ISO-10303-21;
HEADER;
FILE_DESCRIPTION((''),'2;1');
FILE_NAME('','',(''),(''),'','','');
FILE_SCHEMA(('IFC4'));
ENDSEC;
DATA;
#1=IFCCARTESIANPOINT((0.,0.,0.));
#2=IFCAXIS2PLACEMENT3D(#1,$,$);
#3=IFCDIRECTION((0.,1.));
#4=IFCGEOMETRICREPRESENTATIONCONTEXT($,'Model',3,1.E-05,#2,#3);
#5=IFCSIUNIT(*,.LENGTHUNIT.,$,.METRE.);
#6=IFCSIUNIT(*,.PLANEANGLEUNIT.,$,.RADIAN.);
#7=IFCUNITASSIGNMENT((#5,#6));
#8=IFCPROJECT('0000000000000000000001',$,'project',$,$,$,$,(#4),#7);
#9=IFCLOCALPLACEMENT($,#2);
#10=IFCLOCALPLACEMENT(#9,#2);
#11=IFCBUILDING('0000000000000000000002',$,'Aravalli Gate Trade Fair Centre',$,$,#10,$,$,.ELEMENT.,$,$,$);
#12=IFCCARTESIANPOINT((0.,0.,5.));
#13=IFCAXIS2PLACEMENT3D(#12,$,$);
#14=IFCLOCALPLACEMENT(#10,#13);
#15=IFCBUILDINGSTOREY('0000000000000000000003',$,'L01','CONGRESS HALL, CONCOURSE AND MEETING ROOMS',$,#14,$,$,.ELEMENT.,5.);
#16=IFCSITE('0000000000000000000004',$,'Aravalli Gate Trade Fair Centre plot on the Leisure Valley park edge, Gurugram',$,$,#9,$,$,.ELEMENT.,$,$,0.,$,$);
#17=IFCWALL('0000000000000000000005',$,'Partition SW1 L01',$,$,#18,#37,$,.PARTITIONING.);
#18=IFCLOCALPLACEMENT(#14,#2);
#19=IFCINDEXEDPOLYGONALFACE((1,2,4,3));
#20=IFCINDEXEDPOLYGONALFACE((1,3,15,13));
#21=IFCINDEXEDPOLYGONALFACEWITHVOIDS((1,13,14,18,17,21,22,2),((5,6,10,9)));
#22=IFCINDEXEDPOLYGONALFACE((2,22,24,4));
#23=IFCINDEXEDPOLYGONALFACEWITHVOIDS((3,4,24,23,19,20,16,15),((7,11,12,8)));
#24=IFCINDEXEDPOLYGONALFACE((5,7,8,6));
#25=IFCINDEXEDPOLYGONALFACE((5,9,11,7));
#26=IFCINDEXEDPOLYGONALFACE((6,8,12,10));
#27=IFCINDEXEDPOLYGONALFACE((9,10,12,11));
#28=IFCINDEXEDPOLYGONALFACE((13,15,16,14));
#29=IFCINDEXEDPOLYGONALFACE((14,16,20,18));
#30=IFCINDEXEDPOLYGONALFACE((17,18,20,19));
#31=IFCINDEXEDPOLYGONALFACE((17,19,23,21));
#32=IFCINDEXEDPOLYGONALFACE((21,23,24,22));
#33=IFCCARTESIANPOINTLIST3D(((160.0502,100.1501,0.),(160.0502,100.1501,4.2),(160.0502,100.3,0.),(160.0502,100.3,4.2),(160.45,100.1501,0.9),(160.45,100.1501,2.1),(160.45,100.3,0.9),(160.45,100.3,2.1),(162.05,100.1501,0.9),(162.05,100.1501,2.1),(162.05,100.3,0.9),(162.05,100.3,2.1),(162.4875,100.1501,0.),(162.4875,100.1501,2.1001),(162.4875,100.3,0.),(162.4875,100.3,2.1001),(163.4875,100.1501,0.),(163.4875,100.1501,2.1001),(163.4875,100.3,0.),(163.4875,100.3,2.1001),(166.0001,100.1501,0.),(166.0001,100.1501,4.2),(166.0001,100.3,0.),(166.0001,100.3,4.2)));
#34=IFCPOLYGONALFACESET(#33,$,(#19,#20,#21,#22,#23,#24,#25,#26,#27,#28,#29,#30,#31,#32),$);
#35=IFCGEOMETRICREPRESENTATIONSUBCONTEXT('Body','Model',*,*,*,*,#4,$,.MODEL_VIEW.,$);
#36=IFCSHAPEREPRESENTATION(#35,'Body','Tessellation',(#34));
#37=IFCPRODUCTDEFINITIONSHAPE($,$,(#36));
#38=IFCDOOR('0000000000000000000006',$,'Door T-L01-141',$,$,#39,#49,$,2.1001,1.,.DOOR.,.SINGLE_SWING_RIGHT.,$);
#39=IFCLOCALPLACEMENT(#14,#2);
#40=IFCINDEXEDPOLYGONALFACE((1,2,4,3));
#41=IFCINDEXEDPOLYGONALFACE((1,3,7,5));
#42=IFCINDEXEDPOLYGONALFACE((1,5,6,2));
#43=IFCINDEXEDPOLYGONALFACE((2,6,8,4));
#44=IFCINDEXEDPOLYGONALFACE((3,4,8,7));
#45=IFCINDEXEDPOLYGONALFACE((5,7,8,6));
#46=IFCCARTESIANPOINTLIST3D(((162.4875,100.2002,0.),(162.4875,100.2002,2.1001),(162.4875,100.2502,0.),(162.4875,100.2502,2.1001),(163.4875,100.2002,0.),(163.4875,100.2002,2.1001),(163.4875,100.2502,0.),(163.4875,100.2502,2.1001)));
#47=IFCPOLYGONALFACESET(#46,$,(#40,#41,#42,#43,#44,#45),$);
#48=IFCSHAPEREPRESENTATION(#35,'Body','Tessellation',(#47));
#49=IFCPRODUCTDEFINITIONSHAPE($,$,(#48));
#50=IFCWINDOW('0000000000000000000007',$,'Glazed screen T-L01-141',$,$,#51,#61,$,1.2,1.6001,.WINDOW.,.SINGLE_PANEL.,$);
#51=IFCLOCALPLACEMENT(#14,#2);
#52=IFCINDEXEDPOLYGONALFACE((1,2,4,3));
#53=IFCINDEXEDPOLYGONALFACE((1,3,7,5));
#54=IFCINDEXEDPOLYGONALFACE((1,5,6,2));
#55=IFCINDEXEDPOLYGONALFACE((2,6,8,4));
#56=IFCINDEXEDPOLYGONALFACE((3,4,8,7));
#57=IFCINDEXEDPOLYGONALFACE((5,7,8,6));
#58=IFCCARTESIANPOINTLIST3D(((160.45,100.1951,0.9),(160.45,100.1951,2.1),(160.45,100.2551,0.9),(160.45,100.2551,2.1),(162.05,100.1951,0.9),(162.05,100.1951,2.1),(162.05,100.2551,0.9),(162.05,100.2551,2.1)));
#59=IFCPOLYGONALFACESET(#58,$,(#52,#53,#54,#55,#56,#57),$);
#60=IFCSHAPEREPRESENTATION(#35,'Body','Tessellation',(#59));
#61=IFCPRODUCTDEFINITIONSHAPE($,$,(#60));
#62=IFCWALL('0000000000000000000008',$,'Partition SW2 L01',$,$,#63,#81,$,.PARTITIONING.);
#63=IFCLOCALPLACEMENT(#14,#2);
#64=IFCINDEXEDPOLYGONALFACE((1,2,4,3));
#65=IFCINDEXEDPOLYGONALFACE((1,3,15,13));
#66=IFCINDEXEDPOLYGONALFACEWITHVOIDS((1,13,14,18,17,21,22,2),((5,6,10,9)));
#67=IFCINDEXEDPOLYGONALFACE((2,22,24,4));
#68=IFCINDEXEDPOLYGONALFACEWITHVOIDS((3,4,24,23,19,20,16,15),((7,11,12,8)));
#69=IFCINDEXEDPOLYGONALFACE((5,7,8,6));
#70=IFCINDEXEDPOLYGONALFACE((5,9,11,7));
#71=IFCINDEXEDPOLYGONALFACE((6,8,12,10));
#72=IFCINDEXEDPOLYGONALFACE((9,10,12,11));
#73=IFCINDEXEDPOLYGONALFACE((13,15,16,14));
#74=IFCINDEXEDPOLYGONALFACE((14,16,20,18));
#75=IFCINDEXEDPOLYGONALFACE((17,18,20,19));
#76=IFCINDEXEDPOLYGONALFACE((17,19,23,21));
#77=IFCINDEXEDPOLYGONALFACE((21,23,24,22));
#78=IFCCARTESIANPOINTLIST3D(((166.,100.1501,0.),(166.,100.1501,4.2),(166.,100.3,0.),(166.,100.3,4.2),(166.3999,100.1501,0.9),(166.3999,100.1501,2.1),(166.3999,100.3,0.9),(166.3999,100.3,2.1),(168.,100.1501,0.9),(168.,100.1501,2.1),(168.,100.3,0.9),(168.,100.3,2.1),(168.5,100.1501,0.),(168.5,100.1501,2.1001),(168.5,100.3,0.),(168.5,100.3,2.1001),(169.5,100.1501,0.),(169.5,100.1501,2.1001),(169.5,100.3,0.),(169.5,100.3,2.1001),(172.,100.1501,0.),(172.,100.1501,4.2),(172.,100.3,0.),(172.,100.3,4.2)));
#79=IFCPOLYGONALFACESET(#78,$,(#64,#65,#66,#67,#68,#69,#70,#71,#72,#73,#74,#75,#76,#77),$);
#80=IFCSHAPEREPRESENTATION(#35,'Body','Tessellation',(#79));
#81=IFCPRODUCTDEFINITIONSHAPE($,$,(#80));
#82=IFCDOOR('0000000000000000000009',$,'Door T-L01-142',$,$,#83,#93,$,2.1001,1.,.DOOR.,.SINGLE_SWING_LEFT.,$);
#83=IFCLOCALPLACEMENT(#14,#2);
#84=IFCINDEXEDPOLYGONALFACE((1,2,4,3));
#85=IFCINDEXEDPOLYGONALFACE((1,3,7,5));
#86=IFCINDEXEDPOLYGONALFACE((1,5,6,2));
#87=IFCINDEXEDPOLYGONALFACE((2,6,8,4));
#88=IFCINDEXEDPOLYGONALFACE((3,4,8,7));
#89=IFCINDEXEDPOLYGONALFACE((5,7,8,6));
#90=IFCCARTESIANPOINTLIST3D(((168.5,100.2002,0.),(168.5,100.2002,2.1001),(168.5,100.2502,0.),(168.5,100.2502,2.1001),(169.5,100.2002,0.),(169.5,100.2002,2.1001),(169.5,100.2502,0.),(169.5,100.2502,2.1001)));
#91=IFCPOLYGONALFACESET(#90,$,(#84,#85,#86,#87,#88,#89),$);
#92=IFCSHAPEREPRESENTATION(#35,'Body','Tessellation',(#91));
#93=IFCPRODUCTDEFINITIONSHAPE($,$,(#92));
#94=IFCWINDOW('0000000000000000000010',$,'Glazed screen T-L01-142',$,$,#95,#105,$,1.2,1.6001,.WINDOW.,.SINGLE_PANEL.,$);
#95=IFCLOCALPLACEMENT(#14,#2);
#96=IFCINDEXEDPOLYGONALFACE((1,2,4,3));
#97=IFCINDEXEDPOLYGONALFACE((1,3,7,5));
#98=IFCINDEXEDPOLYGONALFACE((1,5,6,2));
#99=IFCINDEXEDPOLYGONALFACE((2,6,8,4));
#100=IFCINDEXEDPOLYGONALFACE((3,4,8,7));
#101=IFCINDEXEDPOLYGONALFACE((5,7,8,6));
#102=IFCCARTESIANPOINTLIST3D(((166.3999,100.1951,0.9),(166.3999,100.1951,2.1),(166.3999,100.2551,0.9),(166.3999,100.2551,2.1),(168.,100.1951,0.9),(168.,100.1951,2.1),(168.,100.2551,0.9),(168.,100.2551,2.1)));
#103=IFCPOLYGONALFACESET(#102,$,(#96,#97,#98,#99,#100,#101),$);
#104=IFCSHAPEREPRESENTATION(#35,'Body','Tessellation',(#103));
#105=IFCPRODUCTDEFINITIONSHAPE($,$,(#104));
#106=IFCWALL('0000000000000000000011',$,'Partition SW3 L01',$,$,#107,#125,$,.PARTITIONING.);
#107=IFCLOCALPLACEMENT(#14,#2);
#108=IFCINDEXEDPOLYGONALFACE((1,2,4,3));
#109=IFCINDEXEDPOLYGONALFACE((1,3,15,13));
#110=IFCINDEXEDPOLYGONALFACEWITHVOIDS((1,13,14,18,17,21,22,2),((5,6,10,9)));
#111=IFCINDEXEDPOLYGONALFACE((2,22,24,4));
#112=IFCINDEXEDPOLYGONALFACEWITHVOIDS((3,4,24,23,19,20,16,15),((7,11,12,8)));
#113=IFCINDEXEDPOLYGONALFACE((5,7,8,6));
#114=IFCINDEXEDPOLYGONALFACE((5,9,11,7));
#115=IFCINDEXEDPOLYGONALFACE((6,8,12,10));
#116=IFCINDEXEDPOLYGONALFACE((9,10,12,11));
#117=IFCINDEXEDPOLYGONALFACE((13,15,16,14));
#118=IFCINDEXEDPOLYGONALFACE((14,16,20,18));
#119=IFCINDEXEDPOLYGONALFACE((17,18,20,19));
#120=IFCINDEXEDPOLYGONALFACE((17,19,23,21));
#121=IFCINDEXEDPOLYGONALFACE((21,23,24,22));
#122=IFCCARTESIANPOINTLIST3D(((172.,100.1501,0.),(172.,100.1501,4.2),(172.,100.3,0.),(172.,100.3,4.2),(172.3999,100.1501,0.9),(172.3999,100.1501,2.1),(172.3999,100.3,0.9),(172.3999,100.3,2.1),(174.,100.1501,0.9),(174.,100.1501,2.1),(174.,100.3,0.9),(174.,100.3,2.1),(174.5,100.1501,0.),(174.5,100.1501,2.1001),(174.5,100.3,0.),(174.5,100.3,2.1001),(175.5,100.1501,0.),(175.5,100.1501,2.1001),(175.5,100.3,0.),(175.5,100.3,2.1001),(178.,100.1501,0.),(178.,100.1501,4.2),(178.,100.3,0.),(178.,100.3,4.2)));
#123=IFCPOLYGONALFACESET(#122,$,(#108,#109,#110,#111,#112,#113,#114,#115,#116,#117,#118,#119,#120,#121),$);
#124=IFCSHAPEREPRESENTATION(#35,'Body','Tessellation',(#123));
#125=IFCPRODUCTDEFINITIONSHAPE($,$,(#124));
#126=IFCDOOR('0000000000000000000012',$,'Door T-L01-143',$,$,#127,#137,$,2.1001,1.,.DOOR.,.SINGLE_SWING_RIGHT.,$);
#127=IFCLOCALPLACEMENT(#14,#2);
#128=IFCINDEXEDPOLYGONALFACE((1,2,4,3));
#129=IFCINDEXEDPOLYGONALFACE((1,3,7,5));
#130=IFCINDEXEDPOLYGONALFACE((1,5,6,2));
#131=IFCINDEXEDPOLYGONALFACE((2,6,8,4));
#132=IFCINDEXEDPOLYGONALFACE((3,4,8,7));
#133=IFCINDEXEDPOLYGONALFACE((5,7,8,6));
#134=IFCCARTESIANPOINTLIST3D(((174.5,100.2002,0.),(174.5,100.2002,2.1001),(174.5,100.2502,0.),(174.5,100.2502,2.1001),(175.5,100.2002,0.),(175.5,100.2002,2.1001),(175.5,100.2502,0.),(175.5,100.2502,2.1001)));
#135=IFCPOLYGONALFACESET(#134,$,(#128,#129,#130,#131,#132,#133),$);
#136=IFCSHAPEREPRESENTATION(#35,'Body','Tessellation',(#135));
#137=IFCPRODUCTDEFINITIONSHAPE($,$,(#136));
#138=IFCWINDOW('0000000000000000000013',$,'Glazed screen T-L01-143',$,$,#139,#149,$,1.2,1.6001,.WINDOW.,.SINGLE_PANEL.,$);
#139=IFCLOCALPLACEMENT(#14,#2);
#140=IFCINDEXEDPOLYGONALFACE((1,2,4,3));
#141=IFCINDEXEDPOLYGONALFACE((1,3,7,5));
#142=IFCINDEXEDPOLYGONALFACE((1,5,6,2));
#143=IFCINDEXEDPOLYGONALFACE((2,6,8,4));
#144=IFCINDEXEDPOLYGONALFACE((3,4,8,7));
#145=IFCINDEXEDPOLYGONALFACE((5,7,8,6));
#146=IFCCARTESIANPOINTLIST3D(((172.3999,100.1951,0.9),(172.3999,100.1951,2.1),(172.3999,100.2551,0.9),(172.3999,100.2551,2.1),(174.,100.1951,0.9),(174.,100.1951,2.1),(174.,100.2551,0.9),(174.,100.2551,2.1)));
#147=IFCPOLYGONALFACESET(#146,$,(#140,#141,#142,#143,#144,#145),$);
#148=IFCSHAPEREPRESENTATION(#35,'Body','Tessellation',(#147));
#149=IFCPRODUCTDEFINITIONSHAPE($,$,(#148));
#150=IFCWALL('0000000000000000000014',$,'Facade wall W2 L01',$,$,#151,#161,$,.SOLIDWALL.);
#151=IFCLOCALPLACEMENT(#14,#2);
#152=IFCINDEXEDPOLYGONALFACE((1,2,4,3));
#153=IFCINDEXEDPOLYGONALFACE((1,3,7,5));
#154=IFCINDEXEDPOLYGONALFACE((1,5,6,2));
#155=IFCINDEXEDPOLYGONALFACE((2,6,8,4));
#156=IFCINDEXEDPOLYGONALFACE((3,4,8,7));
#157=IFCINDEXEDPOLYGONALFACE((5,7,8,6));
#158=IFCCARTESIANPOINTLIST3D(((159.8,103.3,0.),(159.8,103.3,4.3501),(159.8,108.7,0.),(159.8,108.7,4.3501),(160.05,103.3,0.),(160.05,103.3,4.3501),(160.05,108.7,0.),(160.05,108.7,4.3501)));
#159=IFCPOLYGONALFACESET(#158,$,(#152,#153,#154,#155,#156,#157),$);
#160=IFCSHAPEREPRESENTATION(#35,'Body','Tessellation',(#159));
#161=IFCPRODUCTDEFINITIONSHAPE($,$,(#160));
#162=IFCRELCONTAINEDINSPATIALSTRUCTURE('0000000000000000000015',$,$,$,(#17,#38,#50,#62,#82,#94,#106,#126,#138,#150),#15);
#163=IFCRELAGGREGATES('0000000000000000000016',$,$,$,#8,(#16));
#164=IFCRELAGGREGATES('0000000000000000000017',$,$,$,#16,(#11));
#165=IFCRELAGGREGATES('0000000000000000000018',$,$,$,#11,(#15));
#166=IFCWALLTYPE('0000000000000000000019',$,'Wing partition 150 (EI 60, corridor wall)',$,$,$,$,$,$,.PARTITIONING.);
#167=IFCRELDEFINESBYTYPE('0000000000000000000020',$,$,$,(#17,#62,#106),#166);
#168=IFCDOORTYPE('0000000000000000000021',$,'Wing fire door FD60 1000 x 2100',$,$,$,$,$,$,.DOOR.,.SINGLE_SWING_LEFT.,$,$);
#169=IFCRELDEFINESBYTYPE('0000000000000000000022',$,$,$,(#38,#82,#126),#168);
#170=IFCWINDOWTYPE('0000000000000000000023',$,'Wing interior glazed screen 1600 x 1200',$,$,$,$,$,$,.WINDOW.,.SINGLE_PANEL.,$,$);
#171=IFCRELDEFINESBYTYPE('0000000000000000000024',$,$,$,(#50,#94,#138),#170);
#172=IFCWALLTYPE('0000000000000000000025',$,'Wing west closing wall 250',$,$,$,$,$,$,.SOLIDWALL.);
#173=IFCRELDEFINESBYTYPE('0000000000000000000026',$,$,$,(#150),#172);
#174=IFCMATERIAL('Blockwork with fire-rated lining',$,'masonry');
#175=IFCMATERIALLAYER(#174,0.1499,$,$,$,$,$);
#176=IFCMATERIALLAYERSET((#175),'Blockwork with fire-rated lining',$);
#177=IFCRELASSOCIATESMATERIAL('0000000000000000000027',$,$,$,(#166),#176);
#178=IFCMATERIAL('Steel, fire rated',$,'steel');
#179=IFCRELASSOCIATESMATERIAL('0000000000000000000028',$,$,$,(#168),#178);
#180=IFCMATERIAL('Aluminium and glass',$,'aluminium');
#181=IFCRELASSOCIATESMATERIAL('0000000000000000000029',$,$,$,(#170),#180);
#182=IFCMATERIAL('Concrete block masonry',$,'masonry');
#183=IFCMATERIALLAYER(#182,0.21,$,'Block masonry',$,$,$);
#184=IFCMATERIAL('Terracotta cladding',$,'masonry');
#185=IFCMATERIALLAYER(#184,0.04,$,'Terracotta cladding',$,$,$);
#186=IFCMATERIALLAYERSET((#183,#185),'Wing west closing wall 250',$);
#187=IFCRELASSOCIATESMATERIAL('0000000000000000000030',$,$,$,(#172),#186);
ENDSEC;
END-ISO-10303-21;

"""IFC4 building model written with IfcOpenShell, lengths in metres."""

from ifc_helpers import new_model, si_unit, direction, frame, frame_2d, origin, place, context, subcontext, project, spatial, rectangle, extrude, material, layer, layer_set, type_object, element, fill, save


model = new_model("IFC4")

# Units and contexts
model_context = context("Model", 3, precision=1e-05, world=origin(), true_north=direction((0.0, 1.0)))
body_context = subcontext(model_context, "Body", "Model", "MODEL_VIEW")
ifc_project = project(units=[si_unit("LENGTHUNIT", "METRE"), si_unit("PLANEANGLEUNIT", "RADIAN")], contexts=[model_context])

# Site, building, storey
site_placement = place(None, origin())
site = spatial("IfcSite", under=ifc_project, at=site_placement, Name="Aravalli Gate Trade Fair Centre plot on the Leisure Valley park edge, Gurugram", CompositionType="ELEMENT", RefElevation=0.0)
building_placement = place(site_placement, origin())
building = spatial("IfcBuilding", under=site, at=building_placement, Name="Aravalli Gate Trade Fair Centre", CompositionType="ELEMENT")
storey_placement = place(building_placement, frame((0.0, 0.0, 5.0)))
storey = spatial("IfcBuildingStorey", under=building, at=storey_placement, Name="L01", Description="CONGRESS HALL, CONCOURSE AND MEETING ROOMS", CompositionType="ELEMENT", Elevation=5.0)

# Shared definitions
ifc_material_1 = material(Name="Steel, fire rated", Category="steel")

# Walls, openings, doors, windows
ifc_material_2 = material(Name="Blockwork with fire-rated lining", Category="masonry")
ifc_layer_1 = layer(ifc_material_2, 0.1499)
ifc_layer_set_1 = layer_set([ifc_layer_1], Name="Blockwork with fire-rated lining")
wall_type_1 = type_object("IfcWallType", Name="Wing partition 150 (EI 60, corridor wall)", PredefinedType="PARTITIONING", material=ifc_layer_set_1)
wall_1_placement = place(storey_placement, frame((160.05, 100.2251, 0.0), z_axis=(0.0, 0.0, 1.0), x_axis=(1.0, 0.0, 0.0)))
wall_1 = element("IfcWall", 1, at=wall_1_placement, inside=storey, type_object=wall_type_1, Name="Partition SW1 L01", PredefinedType="PARTITIONING", context=body_context, shape_type="SweptSolid", body=[
    extrude(rectangle(XDim=5.95, YDim=0.1499, at=frame_2d((2.9751, 0.0))), origin(), (0.0, 0.0, 1.0), 4.2),
])
opening_1_placement = place(wall_1_placement, frame((0.3999, 0.0, 0.8999)))
opening_1 = element("IfcOpeningElement", 2, at=opening_1_placement, cuts=wall_1, PredefinedType="OPENING", context=body_context, shape_type="SweptSolid", body=[
    extrude(rectangle(XDim=1.6001, YDim=1.2, at=frame_2d((0.8, 0.6001))), frame((0.0, 0.085, 0.0), z_axis=(0.0, -1.0, 0.0), x_axis=(1.0, 0.0, 0.0)), (0.0, 0.0, 1.0), 0.1699),
])
opening_2_placement = place(wall_1_placement, frame((2.4375, 0.0, 0.0)))
opening_2 = element("IfcOpeningElement", 3, at=opening_2_placement, cuts=wall_1, PredefinedType="OPENING", context=body_context, shape_type="SweptSolid", body=[
    extrude(rectangle(XDim=1.0, YDim=2.1001, at=frame_2d((0.5, 1.05))), frame((0.0, 0.085, 0.0), z_axis=(0.0, -1.0, 0.0), x_axis=(1.0, 0.0, 0.0)), (0.0, 0.0, 1.0), 0.1699),
])
door_type_1 = type_object("IfcDoorType", Name="Wing fire door FD60 1000 x 2100", OperationType="SINGLE_SWING_LEFT", PredefinedType="DOOR", material=ifc_material_1)
door_1_placement = place(opening_2_placement, frame((1.0, 0.0, 0.0), z_axis=(0.0, 0.0, 1.0), x_axis=(-1.0, 0.0, 0.0)))
door_1 = element("IfcDoor", 4, at=door_1_placement, inside=storey, type_object=door_type_1, Name="Door T-L01-141", OperationType="SINGLE_SWING_RIGHT", OverallHeight=2.1001, OverallWidth=1.0, PredefinedType="DOOR", context=body_context, shape_type="SweptSolid", body=[
    extrude(rectangle(XDim=1.0, YDim=2.1001, at=frame_2d((0.5, 1.05))), frame((0.0, 0.0249, 0.0), z_axis=(0.0, -1.0, 0.0), x_axis=(1.0, 0.0, 0.0)), (0.0, 0.0, 1.0), 0.05),
])
fill(opening_2, door_1)
ifc_material_3 = material(Name="Aluminium and glass", Category="aluminium")
window_type = type_object("IfcWindowType", Name="Wing interior glazed screen 1600 x 1200", PartitioningType="SINGLE_PANEL", PredefinedType="WINDOW", material=ifc_material_3)
window_1_placement = place(opening_1_placement, origin())
window_1 = element("IfcWindow", 5, at=window_1_placement, inside=storey, type_object=window_type, Name="Glazed screen T-L01-141", OverallHeight=1.2, OverallWidth=1.6001, PartitioningType="SINGLE_PANEL", PredefinedType="WINDOW", context=body_context, shape_type="SweptSolid", body=[
    extrude(rectangle(XDim=1.6001, YDim=1.2, at=frame_2d((0.8, 0.6001))), frame((0.0, 0.03, 0.0), z_axis=(0.0, -1.0, 0.0), x_axis=(1.0, 0.0, 0.0)), (0.0, 0.0, 1.0), 0.0601),
])
fill(opening_1, window_1)
wall_2_placement = place(storey_placement, frame((166.0, 100.2251, 0.0), z_axis=(0.0, 0.0, 1.0), x_axis=(1.0, 0.0, 0.0)))
wall_2 = element("IfcWall", 6, at=wall_2_placement, inside=storey, type_object=wall_type_1, Name="Partition SW2 L01", PredefinedType="PARTITIONING", context=body_context, shape_type="SweptSolid", body=[
    extrude(rectangle(XDim=6.0, YDim=0.1499, at=frame_2d((3.0, 0.0))), origin(), (0.0, 0.0, 1.0), 4.2),
])
opening_3_placement = place(wall_2_placement, frame((0.3999, 0.0, 0.8999)))
opening_3 = element("IfcOpeningElement", 7, at=opening_3_placement, cuts=wall_2, PredefinedType="OPENING", context=body_context, shape_type="SweptSolid", body=[
    extrude(rectangle(XDim=1.6001, YDim=1.2, at=frame_2d((0.8, 0.6001))), frame((0.0, 0.085, 0.0), z_axis=(0.0, -1.0, 0.0), x_axis=(1.0, 0.0, 0.0)), (0.0, 0.0, 1.0), 0.1699),
])
opening_4_placement = place(wall_2_placement, frame((2.5, 0.0, 0.0)))
opening_4 = element("IfcOpeningElement", 8, at=opening_4_placement, cuts=wall_2, PredefinedType="OPENING", context=body_context, shape_type="SweptSolid", body=[
    extrude(rectangle(XDim=1.0, YDim=2.1001, at=frame_2d((0.5, 1.05))), frame((0.0, 0.085, 0.0), z_axis=(0.0, -1.0, 0.0), x_axis=(1.0, 0.0, 0.0)), (0.0, 0.0, 1.0), 0.1699),
])
door_2_placement = place(opening_4_placement, frame((1.0, 0.0, 0.0), z_axis=(0.0, 0.0, 1.0), x_axis=(-1.0, 0.0, 0.0)))
door_2 = element("IfcDoor", 9, at=door_2_placement, inside=storey, type_object=door_type_1, Name="Door T-L01-142", OperationType="SINGLE_SWING_LEFT", OverallHeight=2.1001, OverallWidth=1.0, PredefinedType="DOOR", context=body_context, shape_type="SweptSolid", body=[
    extrude(rectangle(XDim=1.0, YDim=2.1001, at=frame_2d((0.5, 1.05))), frame((0.0, 0.0249, 0.0), z_axis=(0.0, -1.0, 0.0), x_axis=(1.0, 0.0, 0.0)), (0.0, 0.0, 1.0), 0.05),
])
fill(opening_4, door_2)
window_2_placement = place(opening_3_placement, origin())
window_2 = element("IfcWindow", 10, at=window_2_placement, inside=storey, type_object=window_type, Name="Glazed screen T-L01-142", OverallHeight=1.2, OverallWidth=1.6001, PartitioningType="SINGLE_PANEL", PredefinedType="WINDOW", context=body_context, shape_type="SweptSolid", body=[
    extrude(rectangle(XDim=1.6001, YDim=1.2, at=frame_2d((0.8, 0.6001))), frame((0.0, 0.03, 0.0), z_axis=(0.0, -1.0, 0.0), x_axis=(1.0, 0.0, 0.0)), (0.0, 0.0, 1.0), 0.0601),
])
fill(opening_3, window_2)
wall_3_placement = place(storey_placement, frame((172.0, 100.2251, 0.0), z_axis=(0.0, 0.0, 1.0), x_axis=(1.0, 0.0, 0.0)))
wall_3 = element("IfcWall", 11, at=wall_3_placement, inside=storey, type_object=wall_type_1, Name="Partition SW3 L01", PredefinedType="PARTITIONING", context=body_context, shape_type="SweptSolid", body=[
    extrude(rectangle(XDim=6.0, YDim=0.1499, at=frame_2d((3.0, 0.0))), origin(), (0.0, 0.0, 1.0), 4.2),
])
opening_5_placement = place(wall_3_placement, frame((0.3999, 0.0, 0.8999)))
opening_5 = element("IfcOpeningElement", 12, at=opening_5_placement, cuts=wall_3, PredefinedType="OPENING", context=body_context, shape_type="SweptSolid", body=[
    extrude(rectangle(XDim=1.6001, YDim=1.2, at=frame_2d((0.8, 0.6001))), frame((0.0, 0.085, 0.0), z_axis=(0.0, -1.0, 0.0), x_axis=(1.0, 0.0, 0.0)), (0.0, 0.0, 1.0), 0.1699),
])
opening_6_placement = place(wall_3_placement, frame((2.5, 0.0, 0.0)))
opening_6 = element("IfcOpeningElement", 13, at=opening_6_placement, cuts=wall_3, PredefinedType="OPENING", context=body_context, shape_type="SweptSolid", body=[
    extrude(rectangle(XDim=1.0, YDim=2.1001, at=frame_2d((0.5, 1.05))), frame((0.0, 0.085, 0.0), z_axis=(0.0, -1.0, 0.0), x_axis=(1.0, 0.0, 0.0)), (0.0, 0.0, 1.0), 0.1699),
])
door_3_placement = place(opening_6_placement, frame((1.0, 0.0, 0.0), z_axis=(0.0, 0.0, 1.0), x_axis=(-1.0, 0.0, 0.0)))
door_3 = element("IfcDoor", 14, at=door_3_placement, inside=storey, type_object=door_type_1, Name="Door T-L01-143", OperationType="SINGLE_SWING_RIGHT", OverallHeight=2.1001, OverallWidth=1.0, PredefinedType="DOOR", context=body_context, shape_type="SweptSolid", body=[
    extrude(rectangle(XDim=1.0, YDim=2.1001, at=frame_2d((0.5, 1.05))), frame((0.0, 0.0249, 0.0), z_axis=(0.0, -1.0, 0.0), x_axis=(1.0, 0.0, 0.0)), (0.0, 0.0, 1.0), 0.05),
])
fill(opening_6, door_3)
window_3_placement = place(opening_5_placement, origin())
window_3 = element("IfcWindow", 15, at=window_3_placement, inside=storey, type_object=window_type, Name="Glazed screen T-L01-143", OverallHeight=1.2, OverallWidth=1.6001, PartitioningType="SINGLE_PANEL", PredefinedType="WINDOW", context=body_context, shape_type="SweptSolid", body=[
    extrude(rectangle(XDim=1.6001, YDim=1.2, at=frame_2d((0.8, 0.6001))), frame((0.0, 0.03, 0.0), z_axis=(0.0, -1.0, 0.0), x_axis=(1.0, 0.0, 0.0)), (0.0, 0.0, 1.0), 0.0601),
])
fill(opening_5, window_3)

# Wall
ifc_material_4 = material(Name="Concrete block masonry", Category="masonry")
ifc_layer_2 = layer(ifc_material_4, 0.21, Name="Block masonry")
ifc_material_5 = material(Name="Terracotta cladding", Category="masonry")
ifc_layer_3 = layer(ifc_material_5, 0.04, Name="Terracotta cladding")
ifc_layer_set_2 = layer_set([ifc_layer_2, ifc_layer_3], Name="Wing west closing wall 250")
wall_type_2 = type_object("IfcWallType", Name="Wing west closing wall 250", PredefinedType="SOLIDWALL", material=ifc_layer_set_2)
for number, where, z_axis, x_axis, name in (
    (16, (159.925, 103.3, 0.0), (0.0, 0.0, 1.0), (0.0, 1.0, 0.0), "Facade wall W2 L01"),
):
    element("IfcWall", number, at=place(storey_placement, frame(where, z_axis=z_axis, x_axis=x_axis)), inside=storey, type_object=wall_type_2, Name=name, PredefinedType="SOLIDWALL", context=body_context, shape_type="SweptSolid", body=[
        extrude(rectangle(XDim=5.3999, YDim=0.25, at=frame_2d((2.7, 0.0))), origin(), (0.0, 0.0, 1.0), 4.3501),
    ])

save(model, "model.ifc")
